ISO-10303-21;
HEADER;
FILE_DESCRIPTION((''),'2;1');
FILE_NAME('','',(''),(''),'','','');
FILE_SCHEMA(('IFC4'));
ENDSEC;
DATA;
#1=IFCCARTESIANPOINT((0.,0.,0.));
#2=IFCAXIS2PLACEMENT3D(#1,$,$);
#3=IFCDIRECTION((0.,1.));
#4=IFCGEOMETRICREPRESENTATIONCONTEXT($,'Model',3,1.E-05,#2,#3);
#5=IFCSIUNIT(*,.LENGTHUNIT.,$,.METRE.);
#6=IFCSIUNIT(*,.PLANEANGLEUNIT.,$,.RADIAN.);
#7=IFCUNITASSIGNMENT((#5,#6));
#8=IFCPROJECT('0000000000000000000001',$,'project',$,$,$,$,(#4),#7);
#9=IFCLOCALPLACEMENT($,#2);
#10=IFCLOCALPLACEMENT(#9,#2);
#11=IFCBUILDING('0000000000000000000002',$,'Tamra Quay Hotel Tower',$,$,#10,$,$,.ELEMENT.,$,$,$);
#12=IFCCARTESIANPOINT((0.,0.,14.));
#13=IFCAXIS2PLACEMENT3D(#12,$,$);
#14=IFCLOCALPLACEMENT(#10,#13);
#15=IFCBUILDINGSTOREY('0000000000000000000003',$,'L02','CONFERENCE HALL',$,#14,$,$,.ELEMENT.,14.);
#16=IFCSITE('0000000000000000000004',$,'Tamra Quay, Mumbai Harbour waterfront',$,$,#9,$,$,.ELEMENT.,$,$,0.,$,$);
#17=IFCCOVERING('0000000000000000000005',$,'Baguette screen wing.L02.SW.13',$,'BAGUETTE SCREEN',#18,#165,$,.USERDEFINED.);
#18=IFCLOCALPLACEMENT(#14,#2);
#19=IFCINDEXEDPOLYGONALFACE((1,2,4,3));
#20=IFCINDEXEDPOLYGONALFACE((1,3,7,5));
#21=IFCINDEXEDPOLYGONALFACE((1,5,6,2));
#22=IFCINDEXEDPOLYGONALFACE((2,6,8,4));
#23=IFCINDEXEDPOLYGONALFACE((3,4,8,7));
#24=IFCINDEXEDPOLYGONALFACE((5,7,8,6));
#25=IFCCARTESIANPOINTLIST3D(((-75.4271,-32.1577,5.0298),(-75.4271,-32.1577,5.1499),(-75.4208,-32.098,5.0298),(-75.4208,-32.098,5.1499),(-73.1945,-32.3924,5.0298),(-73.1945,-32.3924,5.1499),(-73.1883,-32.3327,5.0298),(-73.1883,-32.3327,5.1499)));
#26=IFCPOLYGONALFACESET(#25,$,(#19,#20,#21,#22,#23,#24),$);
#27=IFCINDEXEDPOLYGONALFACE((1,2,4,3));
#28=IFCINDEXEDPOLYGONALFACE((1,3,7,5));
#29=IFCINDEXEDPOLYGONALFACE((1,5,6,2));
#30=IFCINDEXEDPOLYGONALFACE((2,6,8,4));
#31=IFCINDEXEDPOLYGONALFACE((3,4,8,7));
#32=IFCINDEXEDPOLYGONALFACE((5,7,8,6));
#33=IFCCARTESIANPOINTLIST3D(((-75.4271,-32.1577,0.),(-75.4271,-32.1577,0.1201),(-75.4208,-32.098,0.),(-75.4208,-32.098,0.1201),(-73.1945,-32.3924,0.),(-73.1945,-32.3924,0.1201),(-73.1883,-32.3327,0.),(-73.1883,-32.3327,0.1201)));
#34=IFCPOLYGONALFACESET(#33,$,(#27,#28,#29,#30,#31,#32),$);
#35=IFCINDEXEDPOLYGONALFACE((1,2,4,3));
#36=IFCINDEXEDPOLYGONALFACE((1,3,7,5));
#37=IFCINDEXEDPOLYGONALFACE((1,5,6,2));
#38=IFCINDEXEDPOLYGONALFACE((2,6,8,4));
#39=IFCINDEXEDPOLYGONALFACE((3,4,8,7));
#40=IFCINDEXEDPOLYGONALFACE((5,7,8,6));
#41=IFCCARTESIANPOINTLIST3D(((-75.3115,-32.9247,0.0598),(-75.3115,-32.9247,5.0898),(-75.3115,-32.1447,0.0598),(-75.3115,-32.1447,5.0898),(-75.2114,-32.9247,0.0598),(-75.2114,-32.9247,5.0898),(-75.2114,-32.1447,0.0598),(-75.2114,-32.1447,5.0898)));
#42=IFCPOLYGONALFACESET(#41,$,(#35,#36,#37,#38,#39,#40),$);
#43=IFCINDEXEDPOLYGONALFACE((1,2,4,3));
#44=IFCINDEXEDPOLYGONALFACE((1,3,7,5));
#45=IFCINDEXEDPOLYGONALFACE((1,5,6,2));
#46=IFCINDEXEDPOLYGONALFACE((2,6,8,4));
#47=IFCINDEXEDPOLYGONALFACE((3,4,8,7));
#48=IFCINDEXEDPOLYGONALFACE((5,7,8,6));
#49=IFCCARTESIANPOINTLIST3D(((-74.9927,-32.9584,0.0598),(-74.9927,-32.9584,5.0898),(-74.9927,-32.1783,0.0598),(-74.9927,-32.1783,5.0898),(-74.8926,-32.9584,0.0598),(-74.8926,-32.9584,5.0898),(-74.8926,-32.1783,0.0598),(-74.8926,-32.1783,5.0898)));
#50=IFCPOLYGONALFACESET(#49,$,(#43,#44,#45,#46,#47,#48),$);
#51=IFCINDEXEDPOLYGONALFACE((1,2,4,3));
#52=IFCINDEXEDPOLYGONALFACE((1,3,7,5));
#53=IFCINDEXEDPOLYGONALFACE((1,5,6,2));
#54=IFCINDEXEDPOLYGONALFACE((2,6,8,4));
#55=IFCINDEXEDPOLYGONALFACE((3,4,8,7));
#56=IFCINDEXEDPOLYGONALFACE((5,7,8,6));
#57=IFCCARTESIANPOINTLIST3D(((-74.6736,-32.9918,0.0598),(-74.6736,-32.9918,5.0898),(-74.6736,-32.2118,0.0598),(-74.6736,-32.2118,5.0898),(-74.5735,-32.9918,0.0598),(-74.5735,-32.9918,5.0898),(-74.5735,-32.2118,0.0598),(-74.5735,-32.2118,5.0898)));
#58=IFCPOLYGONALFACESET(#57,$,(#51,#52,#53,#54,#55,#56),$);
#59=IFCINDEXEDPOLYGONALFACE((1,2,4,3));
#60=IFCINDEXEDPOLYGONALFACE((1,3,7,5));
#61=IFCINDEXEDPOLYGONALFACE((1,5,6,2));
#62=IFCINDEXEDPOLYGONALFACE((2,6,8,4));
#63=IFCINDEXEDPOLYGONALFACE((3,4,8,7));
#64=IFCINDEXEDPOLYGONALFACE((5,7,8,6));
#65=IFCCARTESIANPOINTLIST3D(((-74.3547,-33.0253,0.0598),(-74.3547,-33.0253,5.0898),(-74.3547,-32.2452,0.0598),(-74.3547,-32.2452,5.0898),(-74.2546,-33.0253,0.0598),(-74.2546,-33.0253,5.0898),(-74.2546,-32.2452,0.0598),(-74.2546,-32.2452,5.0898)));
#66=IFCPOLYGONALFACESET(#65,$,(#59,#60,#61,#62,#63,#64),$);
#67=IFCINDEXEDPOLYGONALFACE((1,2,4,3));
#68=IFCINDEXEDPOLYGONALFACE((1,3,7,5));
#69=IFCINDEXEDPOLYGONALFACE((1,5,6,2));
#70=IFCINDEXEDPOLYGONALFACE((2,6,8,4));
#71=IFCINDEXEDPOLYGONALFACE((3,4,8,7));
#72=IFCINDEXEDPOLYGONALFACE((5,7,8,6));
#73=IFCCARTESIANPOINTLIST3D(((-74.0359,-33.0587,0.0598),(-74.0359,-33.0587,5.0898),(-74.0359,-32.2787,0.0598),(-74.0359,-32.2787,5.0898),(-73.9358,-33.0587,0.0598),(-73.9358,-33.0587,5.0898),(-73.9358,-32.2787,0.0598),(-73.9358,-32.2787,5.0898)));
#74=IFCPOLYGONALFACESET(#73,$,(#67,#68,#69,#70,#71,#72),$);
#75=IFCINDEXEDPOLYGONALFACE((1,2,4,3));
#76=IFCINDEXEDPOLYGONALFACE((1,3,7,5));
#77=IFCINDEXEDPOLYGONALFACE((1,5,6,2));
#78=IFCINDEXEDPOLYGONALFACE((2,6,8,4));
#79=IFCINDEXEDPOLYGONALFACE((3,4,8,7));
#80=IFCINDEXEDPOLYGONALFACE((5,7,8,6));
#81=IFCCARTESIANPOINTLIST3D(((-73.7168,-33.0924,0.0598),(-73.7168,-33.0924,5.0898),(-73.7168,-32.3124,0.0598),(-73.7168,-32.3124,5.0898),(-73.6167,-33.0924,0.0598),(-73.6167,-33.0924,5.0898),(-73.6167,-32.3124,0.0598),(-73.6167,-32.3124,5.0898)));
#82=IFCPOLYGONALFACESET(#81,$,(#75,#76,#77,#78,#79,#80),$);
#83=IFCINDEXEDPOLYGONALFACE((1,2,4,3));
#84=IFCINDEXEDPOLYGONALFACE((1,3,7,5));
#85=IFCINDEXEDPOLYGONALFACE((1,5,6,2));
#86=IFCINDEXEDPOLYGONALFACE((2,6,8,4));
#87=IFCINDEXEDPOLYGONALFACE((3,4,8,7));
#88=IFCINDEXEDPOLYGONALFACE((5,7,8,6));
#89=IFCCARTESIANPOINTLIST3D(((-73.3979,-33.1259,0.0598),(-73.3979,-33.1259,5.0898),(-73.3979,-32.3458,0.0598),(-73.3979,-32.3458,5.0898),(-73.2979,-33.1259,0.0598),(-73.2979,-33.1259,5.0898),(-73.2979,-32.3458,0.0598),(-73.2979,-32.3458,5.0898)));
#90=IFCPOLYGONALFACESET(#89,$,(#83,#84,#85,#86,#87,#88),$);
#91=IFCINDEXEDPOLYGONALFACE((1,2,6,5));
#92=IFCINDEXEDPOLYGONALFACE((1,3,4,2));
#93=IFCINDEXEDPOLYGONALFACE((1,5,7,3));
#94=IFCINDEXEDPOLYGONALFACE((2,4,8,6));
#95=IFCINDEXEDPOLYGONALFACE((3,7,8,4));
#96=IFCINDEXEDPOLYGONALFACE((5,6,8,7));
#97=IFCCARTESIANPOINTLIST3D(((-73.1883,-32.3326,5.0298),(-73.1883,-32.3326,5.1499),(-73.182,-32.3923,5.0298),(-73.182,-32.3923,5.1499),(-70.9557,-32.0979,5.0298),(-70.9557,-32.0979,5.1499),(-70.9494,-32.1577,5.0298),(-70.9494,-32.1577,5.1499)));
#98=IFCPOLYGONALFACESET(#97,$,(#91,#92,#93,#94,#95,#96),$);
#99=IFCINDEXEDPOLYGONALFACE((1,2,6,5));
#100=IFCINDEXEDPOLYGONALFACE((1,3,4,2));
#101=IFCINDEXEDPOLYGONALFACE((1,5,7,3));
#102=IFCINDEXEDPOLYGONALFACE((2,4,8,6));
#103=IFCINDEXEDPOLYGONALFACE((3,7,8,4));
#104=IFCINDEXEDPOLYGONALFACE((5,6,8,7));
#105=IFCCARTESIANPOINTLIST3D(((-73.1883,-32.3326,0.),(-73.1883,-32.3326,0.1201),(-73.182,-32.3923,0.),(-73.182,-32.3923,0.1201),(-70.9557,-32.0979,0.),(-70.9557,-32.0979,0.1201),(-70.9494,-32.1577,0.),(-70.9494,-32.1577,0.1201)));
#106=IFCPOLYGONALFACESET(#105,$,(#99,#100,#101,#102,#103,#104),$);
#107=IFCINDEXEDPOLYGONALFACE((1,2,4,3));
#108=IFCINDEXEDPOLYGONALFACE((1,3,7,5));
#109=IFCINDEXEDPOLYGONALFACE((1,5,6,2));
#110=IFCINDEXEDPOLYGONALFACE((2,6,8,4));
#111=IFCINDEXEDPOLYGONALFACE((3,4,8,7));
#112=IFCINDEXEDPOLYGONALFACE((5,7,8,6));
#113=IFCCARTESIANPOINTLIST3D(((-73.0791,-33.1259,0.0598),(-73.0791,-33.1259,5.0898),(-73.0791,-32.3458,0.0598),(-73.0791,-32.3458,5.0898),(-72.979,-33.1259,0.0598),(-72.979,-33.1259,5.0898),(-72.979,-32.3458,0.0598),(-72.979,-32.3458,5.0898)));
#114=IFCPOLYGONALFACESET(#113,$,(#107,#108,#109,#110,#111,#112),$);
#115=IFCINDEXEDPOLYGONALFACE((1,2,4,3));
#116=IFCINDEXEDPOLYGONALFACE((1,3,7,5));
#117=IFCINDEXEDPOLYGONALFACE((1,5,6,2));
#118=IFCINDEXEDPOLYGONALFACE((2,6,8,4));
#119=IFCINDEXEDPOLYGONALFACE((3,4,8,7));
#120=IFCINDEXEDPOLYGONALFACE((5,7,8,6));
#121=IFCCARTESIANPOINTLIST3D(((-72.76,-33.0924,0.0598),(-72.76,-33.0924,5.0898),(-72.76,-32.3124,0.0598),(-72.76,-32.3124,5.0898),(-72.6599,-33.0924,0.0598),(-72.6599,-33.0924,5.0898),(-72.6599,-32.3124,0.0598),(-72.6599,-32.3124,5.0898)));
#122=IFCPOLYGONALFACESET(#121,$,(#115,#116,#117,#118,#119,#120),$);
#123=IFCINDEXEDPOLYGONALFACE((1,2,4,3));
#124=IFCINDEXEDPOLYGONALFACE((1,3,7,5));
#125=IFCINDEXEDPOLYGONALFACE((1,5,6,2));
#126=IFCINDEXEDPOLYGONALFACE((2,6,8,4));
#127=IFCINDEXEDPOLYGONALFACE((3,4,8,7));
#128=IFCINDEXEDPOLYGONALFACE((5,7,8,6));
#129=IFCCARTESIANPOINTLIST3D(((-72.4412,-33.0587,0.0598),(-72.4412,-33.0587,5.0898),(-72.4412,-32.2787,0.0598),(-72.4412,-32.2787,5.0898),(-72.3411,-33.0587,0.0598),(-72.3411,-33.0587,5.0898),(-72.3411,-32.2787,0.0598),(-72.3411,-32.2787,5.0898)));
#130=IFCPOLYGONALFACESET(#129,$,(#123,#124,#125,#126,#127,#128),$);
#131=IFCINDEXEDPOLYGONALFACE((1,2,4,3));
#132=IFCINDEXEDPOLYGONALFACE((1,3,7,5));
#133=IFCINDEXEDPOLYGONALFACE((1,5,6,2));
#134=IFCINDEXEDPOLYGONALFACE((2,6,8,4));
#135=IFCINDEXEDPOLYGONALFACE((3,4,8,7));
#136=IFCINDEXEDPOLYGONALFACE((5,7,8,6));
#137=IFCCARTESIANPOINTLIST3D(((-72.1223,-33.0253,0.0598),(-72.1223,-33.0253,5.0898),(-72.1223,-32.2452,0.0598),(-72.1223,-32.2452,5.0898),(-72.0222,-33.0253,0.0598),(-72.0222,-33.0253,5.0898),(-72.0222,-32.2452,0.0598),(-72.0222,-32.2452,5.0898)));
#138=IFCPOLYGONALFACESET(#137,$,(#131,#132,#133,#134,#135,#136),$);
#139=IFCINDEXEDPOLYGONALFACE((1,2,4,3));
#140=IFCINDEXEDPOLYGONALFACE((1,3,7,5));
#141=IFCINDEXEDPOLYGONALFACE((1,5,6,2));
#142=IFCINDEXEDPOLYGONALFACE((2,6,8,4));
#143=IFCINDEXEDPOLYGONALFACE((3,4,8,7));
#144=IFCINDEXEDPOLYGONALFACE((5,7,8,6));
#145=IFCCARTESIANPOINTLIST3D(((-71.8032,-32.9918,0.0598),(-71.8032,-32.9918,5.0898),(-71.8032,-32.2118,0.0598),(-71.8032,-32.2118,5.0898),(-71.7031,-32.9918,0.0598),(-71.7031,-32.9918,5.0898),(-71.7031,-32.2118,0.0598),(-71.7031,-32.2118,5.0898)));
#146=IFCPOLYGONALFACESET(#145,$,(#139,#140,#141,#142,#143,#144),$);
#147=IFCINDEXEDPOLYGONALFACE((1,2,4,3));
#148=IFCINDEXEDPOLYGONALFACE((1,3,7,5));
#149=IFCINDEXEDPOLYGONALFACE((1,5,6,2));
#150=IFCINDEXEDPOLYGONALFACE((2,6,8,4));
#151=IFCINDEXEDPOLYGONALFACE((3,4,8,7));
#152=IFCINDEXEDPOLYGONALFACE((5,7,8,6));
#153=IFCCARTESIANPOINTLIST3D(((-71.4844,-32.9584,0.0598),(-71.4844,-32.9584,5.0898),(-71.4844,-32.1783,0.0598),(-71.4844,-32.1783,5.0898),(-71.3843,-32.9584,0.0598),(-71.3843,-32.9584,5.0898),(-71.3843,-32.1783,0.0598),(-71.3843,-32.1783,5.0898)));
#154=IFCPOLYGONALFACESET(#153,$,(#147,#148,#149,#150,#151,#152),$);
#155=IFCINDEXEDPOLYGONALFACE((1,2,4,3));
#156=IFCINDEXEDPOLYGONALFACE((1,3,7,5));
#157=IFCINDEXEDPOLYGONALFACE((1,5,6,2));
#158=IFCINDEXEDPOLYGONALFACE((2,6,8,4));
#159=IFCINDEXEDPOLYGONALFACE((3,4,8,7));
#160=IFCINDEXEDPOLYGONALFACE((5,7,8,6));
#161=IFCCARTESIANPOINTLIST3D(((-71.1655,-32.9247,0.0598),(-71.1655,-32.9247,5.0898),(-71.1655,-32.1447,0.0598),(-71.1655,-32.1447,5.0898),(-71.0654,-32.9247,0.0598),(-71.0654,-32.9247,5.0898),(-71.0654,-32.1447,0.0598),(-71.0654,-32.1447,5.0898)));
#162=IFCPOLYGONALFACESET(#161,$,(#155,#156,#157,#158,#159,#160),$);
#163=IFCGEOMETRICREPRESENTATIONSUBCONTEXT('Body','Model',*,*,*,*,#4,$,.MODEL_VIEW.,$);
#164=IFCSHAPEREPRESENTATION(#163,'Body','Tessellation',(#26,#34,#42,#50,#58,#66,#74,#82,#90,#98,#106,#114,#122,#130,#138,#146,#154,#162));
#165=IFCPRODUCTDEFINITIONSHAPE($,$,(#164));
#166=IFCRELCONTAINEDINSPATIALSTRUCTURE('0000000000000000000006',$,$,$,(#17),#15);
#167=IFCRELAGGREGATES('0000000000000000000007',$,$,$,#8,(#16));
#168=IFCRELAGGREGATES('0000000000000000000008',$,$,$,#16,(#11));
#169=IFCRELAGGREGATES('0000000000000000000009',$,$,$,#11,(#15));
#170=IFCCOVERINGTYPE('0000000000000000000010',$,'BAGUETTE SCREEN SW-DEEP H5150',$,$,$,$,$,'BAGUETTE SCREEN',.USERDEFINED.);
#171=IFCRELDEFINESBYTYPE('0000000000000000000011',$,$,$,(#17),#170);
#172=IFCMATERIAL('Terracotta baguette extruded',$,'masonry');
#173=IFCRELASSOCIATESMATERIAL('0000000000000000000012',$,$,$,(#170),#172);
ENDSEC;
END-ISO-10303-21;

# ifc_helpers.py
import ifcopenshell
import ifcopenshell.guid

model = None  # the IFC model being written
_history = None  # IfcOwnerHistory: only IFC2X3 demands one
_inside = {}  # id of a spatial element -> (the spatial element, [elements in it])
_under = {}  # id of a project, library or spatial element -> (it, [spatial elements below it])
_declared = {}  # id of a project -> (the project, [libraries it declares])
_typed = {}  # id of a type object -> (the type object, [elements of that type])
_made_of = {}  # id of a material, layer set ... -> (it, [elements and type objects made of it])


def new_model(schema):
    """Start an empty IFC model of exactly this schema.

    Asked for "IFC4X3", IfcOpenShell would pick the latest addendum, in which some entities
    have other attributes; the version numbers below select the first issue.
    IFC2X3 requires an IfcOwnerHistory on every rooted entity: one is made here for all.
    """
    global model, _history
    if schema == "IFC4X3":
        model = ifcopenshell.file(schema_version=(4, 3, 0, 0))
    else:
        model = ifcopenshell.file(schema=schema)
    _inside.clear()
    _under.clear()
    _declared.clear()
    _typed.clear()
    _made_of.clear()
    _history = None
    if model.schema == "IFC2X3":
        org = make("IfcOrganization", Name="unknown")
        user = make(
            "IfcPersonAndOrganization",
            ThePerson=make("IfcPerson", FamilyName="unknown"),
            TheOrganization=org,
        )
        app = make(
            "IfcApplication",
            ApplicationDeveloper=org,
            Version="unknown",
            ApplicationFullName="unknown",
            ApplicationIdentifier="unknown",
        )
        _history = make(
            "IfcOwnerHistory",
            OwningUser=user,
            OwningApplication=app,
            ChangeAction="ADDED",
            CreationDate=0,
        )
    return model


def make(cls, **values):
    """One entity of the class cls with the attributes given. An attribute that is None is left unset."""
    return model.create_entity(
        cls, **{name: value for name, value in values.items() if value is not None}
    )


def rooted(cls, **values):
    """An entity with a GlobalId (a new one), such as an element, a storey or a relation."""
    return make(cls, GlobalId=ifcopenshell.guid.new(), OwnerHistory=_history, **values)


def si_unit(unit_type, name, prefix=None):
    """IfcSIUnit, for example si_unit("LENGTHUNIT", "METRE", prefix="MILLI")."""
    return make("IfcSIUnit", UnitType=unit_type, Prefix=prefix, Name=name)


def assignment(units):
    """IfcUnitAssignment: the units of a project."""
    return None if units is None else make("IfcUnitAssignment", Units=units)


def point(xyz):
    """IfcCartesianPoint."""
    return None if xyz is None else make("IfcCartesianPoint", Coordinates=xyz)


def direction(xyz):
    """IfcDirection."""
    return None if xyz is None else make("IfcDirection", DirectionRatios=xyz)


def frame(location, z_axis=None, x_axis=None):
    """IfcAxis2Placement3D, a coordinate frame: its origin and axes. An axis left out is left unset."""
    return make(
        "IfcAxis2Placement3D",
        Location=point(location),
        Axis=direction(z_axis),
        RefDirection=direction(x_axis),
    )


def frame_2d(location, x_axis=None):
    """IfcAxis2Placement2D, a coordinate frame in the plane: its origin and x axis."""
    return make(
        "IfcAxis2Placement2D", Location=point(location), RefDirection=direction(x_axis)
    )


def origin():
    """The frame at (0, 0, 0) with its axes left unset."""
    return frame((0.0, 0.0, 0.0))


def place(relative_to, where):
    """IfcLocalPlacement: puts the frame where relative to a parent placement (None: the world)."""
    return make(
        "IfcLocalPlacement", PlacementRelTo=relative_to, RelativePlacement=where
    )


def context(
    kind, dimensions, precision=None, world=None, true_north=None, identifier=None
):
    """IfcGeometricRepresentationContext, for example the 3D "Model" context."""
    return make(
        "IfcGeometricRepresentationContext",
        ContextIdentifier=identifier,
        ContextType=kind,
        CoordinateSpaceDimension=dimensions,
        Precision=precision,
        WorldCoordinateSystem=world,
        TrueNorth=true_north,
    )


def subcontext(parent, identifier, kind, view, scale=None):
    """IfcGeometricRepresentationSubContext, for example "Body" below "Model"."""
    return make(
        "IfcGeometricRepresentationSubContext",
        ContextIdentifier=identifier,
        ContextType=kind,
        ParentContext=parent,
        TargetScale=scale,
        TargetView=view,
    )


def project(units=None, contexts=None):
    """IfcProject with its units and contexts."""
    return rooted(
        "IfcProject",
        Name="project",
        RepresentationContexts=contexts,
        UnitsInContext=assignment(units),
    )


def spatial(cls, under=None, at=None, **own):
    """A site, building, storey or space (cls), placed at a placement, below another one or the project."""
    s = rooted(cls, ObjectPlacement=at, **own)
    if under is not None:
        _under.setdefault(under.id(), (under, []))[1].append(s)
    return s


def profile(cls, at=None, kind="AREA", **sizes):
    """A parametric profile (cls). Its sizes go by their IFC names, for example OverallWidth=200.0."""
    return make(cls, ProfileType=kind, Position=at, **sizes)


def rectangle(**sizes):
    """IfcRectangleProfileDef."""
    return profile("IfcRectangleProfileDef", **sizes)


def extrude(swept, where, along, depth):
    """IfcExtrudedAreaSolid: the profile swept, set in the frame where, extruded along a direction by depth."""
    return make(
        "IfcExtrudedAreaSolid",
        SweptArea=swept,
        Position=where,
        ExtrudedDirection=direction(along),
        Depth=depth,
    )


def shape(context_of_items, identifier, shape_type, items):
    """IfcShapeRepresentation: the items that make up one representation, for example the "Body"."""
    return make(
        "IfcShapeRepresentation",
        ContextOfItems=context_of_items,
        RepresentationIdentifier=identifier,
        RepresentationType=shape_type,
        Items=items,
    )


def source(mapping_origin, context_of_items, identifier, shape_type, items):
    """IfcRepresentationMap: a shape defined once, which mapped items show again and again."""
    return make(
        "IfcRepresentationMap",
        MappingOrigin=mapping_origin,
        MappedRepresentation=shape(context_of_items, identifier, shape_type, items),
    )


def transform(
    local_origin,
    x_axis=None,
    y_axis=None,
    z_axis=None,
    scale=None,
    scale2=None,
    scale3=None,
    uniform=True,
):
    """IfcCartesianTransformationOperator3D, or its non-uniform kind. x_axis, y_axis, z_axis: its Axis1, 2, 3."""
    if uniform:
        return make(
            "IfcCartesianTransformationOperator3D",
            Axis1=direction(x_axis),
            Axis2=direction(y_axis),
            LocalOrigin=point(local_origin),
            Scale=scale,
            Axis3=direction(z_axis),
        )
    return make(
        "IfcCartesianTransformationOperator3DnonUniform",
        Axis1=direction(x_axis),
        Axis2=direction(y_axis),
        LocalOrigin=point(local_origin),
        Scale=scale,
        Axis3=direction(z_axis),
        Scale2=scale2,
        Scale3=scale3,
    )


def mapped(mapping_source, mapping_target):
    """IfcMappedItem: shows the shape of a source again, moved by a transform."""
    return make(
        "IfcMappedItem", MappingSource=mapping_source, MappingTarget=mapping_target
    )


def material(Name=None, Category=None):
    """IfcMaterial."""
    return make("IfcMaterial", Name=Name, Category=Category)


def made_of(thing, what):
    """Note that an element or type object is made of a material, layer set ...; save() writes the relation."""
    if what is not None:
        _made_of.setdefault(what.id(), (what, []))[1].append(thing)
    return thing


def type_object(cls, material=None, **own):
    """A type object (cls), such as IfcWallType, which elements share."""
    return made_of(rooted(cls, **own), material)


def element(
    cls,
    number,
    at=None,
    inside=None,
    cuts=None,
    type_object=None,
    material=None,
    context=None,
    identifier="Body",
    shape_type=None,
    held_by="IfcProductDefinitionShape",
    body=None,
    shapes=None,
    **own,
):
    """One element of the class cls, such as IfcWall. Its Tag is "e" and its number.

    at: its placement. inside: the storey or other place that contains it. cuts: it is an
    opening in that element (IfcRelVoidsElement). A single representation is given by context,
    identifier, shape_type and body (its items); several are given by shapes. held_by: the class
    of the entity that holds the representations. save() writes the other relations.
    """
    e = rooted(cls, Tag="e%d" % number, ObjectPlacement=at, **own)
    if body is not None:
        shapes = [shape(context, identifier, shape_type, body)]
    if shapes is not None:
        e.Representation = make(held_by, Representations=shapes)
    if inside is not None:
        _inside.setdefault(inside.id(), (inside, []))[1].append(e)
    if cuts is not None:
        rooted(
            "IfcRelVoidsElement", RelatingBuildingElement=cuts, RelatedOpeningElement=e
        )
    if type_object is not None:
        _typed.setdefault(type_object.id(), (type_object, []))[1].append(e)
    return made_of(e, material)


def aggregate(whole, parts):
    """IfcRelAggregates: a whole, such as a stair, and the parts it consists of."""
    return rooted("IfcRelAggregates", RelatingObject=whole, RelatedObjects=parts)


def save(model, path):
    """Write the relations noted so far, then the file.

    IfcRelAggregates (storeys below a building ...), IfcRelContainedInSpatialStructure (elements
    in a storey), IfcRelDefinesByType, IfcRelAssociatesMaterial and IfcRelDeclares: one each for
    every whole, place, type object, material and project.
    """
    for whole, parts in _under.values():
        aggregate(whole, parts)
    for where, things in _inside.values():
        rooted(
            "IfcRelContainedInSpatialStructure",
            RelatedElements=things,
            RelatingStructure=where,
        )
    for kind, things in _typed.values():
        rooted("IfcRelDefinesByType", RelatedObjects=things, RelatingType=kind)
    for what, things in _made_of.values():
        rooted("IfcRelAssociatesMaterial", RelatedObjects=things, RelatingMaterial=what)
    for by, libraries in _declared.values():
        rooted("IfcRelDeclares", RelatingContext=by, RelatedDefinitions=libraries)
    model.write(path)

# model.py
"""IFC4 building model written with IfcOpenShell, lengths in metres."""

from ifc_helpers import new_model, si_unit, direction, frame, frame_2d, origin, place, context, subcontext, project, spatial, rectangle, extrude, source, transform, mapped, material, type_object, element, save


model = new_model("IFC4")

# Units and contexts
model_context = context("Model", 3, precision=1e-05, world=origin(), true_north=direction((0.0, 1.0)))
body_context = subcontext(model_context, "Body", "Model", "MODEL_VIEW")
ifc_project = project(units=[si_unit("LENGTHUNIT", "METRE"), si_unit("PLANEANGLEUNIT", "RADIAN")], contexts=[model_context])

# Site, building, storey
site_placement = place(None, origin())
site = spatial("IfcSite", under=ifc_project, at=site_placement, Name="Tamra Quay, Mumbai Harbour waterfront", CompositionType="ELEMENT", RefElevation=0.0)
building_placement = place(site_placement, origin())
building = spatial("IfcBuilding", under=site, at=building_placement, Name="Tamra Quay Hotel Tower", CompositionType="ELEMENT")
storey_placement = place(building_placement, frame((0.0, 0.0, 14.0)))
storey = spatial("IfcBuildingStorey", under=building, at=storey_placement, Name="L02", Description="CONFERENCE HALL", CompositionType="ELEMENT", Elevation=14.0)

# Covering
ifc_material_1 = material(Name="Terracotta baguette extruded", Category="masonry")
covering_type_1 = type_object("IfcCoveringType", Name="BAGUETTE SCREEN SW-DEEP H5150", ElementType="BAGUETTE SCREEN", PredefinedType="USERDEFINED", material=ifc_material_1)
shared_shape_1 = source(origin(), body_context, "Body", "SweptSolid", [
    extrude(rectangle(XDim=2.2449, YDim=0.0601, at=frame_2d((1.1226, 0.03))), frame((-2.2388, -0.0576, -0.1201), z_axis=(0.0, 0.0, 1.0), x_axis=(0.994522, -0.104528, 0.0)), (0.0, 0.0, 1.0), 0.1201),
    extrude(rectangle(XDim=2.2449, YDim=0.0601, at=frame_2d((1.1226, 0.03))), frame((-2.2388, -0.0576, -5.1499), z_axis=(0.0, 0.0, 1.0), x_axis=(0.994522, -0.104528, 0.0)), (0.0, 0.0, 1.0), 0.1201),
    extrude(rectangle(XDim=0.1001, YDim=0.78, at=frame_2d((0.05, 0.3901))), frame((-2.123, -0.8247, -5.0901)), (0.0, 0.0, 1.0), 5.03),
    extrude(rectangle(XDim=0.1001, YDim=0.78, at=frame_2d((0.05, 0.3901))), frame((-1.8042, -0.8584, -5.0901)), (0.0, 0.0, 1.0), 5.03),
    extrude(rectangle(XDim=0.1001, YDim=0.78, at=frame_2d((0.05, 0.3901))), frame((-1.4851, -0.8918, -5.0901)), (0.0, 0.0, 1.0), 5.03),
    extrude(rectangle(XDim=0.1001, YDim=0.78, at=frame_2d((0.05, 0.3901))), frame((-1.1663, -0.9253, -5.0901)), (0.0, 0.0, 1.0), 5.03),
    extrude(rectangle(XDim=0.1001, YDim=0.78, at=frame_2d((0.05, 0.3901))), frame((-0.8474, -0.9587, -5.0901)), (0.0, 0.0, 1.0), 5.03),
    extrude(rectangle(XDim=0.1001, YDim=0.78, at=frame_2d((0.05, 0.3901))), frame((-0.5283, -0.9924, -5.0901)), (0.0, 0.0, 1.0), 5.03),
    extrude(rectangle(XDim=0.1001, YDim=0.78, at=frame_2d((0.05, 0.3901))), frame((-0.2095, -1.0259, -5.0901)), (0.0, 0.0, 1.0), 5.03),
    extrude(rectangle(XDim=2.2449, YDim=0.0601, at=frame_2d((1.1226, 0.03))), frame((0.0063, -0.2922, -0.1201), z_axis=(0.0, 0.0, 1.0), x_axis=(0.994522, 0.104528, 0.0)), (0.0, 0.0, 1.0), 0.1201),
    extrude(rectangle(XDim=2.2449, YDim=0.0601, at=frame_2d((1.1226, 0.03))), frame((0.0063, -0.2922, -5.1499), z_axis=(0.0, 0.0, 1.0), x_axis=(0.994522, 0.104528, 0.0)), (0.0, 0.0, 1.0), 0.1201),
    extrude(rectangle(XDim=0.1001, YDim=0.78, at=frame_2d((0.05, 0.3901))), frame((0.1094, -1.0259, -5.0901)), (0.0, 0.0, 1.0), 5.03),
    extrude(rectangle(XDim=0.1001, YDim=0.78, at=frame_2d((0.05, 0.3901))), frame((0.4285, -0.9924, -5.0901)), (0.0, 0.0, 1.0), 5.03),
    extrude(rectangle(XDim=0.1001, YDim=0.78, at=frame_2d((0.05, 0.3901))), frame((0.7473, -0.9587, -5.0901)), (0.0, 0.0, 1.0), 5.03),
    extrude(rectangle(XDim=0.1001, YDim=0.78, at=frame_2d((0.05, 0.3901))), frame((1.0662, -0.9253, -5.0901)), (0.0, 0.0, 1.0), 5.03),
    extrude(rectangle(XDim=0.1001, YDim=0.78, at=frame_2d((0.05, 0.3901))), frame((1.3853, -0.8918, -5.0901)), (0.0, 0.0, 1.0), 5.03),
    extrude(rectangle(XDim=0.1001, YDim=0.78, at=frame_2d((0.05, 0.3901))), frame((1.7041, -0.8584, -5.0901)), (0.0, 0.0, 1.0), 5.03),
    extrude(rectangle(XDim=0.1001, YDim=0.78, at=frame_2d((0.05, 0.3901))), frame((2.0229, -0.8247, -5.0901)), (0.0, 0.0, 1.0), 5.03),
])
covering_1_placement = place(storey_placement, frame((-73.1885, -32.1001, 5.1499), z_axis=(0.0, 0.0, 1.0), x_axis=(1.0, 0.0, 0.0)))
element("IfcCovering", 1, at=covering_1_placement, inside=storey, type_object=covering_type_1, Name="Baguette screen wing.L02.SW.13", ObjectType="BAGUETTE SCREEN", PredefinedType="USERDEFINED", context=body_context, shape_type="MappedRepresentation", body=[
    mapped(shared_shape_1, transform((0.0, 0.0, 0.0), scale=1.0)),
])

save(model, "model.ifc")
